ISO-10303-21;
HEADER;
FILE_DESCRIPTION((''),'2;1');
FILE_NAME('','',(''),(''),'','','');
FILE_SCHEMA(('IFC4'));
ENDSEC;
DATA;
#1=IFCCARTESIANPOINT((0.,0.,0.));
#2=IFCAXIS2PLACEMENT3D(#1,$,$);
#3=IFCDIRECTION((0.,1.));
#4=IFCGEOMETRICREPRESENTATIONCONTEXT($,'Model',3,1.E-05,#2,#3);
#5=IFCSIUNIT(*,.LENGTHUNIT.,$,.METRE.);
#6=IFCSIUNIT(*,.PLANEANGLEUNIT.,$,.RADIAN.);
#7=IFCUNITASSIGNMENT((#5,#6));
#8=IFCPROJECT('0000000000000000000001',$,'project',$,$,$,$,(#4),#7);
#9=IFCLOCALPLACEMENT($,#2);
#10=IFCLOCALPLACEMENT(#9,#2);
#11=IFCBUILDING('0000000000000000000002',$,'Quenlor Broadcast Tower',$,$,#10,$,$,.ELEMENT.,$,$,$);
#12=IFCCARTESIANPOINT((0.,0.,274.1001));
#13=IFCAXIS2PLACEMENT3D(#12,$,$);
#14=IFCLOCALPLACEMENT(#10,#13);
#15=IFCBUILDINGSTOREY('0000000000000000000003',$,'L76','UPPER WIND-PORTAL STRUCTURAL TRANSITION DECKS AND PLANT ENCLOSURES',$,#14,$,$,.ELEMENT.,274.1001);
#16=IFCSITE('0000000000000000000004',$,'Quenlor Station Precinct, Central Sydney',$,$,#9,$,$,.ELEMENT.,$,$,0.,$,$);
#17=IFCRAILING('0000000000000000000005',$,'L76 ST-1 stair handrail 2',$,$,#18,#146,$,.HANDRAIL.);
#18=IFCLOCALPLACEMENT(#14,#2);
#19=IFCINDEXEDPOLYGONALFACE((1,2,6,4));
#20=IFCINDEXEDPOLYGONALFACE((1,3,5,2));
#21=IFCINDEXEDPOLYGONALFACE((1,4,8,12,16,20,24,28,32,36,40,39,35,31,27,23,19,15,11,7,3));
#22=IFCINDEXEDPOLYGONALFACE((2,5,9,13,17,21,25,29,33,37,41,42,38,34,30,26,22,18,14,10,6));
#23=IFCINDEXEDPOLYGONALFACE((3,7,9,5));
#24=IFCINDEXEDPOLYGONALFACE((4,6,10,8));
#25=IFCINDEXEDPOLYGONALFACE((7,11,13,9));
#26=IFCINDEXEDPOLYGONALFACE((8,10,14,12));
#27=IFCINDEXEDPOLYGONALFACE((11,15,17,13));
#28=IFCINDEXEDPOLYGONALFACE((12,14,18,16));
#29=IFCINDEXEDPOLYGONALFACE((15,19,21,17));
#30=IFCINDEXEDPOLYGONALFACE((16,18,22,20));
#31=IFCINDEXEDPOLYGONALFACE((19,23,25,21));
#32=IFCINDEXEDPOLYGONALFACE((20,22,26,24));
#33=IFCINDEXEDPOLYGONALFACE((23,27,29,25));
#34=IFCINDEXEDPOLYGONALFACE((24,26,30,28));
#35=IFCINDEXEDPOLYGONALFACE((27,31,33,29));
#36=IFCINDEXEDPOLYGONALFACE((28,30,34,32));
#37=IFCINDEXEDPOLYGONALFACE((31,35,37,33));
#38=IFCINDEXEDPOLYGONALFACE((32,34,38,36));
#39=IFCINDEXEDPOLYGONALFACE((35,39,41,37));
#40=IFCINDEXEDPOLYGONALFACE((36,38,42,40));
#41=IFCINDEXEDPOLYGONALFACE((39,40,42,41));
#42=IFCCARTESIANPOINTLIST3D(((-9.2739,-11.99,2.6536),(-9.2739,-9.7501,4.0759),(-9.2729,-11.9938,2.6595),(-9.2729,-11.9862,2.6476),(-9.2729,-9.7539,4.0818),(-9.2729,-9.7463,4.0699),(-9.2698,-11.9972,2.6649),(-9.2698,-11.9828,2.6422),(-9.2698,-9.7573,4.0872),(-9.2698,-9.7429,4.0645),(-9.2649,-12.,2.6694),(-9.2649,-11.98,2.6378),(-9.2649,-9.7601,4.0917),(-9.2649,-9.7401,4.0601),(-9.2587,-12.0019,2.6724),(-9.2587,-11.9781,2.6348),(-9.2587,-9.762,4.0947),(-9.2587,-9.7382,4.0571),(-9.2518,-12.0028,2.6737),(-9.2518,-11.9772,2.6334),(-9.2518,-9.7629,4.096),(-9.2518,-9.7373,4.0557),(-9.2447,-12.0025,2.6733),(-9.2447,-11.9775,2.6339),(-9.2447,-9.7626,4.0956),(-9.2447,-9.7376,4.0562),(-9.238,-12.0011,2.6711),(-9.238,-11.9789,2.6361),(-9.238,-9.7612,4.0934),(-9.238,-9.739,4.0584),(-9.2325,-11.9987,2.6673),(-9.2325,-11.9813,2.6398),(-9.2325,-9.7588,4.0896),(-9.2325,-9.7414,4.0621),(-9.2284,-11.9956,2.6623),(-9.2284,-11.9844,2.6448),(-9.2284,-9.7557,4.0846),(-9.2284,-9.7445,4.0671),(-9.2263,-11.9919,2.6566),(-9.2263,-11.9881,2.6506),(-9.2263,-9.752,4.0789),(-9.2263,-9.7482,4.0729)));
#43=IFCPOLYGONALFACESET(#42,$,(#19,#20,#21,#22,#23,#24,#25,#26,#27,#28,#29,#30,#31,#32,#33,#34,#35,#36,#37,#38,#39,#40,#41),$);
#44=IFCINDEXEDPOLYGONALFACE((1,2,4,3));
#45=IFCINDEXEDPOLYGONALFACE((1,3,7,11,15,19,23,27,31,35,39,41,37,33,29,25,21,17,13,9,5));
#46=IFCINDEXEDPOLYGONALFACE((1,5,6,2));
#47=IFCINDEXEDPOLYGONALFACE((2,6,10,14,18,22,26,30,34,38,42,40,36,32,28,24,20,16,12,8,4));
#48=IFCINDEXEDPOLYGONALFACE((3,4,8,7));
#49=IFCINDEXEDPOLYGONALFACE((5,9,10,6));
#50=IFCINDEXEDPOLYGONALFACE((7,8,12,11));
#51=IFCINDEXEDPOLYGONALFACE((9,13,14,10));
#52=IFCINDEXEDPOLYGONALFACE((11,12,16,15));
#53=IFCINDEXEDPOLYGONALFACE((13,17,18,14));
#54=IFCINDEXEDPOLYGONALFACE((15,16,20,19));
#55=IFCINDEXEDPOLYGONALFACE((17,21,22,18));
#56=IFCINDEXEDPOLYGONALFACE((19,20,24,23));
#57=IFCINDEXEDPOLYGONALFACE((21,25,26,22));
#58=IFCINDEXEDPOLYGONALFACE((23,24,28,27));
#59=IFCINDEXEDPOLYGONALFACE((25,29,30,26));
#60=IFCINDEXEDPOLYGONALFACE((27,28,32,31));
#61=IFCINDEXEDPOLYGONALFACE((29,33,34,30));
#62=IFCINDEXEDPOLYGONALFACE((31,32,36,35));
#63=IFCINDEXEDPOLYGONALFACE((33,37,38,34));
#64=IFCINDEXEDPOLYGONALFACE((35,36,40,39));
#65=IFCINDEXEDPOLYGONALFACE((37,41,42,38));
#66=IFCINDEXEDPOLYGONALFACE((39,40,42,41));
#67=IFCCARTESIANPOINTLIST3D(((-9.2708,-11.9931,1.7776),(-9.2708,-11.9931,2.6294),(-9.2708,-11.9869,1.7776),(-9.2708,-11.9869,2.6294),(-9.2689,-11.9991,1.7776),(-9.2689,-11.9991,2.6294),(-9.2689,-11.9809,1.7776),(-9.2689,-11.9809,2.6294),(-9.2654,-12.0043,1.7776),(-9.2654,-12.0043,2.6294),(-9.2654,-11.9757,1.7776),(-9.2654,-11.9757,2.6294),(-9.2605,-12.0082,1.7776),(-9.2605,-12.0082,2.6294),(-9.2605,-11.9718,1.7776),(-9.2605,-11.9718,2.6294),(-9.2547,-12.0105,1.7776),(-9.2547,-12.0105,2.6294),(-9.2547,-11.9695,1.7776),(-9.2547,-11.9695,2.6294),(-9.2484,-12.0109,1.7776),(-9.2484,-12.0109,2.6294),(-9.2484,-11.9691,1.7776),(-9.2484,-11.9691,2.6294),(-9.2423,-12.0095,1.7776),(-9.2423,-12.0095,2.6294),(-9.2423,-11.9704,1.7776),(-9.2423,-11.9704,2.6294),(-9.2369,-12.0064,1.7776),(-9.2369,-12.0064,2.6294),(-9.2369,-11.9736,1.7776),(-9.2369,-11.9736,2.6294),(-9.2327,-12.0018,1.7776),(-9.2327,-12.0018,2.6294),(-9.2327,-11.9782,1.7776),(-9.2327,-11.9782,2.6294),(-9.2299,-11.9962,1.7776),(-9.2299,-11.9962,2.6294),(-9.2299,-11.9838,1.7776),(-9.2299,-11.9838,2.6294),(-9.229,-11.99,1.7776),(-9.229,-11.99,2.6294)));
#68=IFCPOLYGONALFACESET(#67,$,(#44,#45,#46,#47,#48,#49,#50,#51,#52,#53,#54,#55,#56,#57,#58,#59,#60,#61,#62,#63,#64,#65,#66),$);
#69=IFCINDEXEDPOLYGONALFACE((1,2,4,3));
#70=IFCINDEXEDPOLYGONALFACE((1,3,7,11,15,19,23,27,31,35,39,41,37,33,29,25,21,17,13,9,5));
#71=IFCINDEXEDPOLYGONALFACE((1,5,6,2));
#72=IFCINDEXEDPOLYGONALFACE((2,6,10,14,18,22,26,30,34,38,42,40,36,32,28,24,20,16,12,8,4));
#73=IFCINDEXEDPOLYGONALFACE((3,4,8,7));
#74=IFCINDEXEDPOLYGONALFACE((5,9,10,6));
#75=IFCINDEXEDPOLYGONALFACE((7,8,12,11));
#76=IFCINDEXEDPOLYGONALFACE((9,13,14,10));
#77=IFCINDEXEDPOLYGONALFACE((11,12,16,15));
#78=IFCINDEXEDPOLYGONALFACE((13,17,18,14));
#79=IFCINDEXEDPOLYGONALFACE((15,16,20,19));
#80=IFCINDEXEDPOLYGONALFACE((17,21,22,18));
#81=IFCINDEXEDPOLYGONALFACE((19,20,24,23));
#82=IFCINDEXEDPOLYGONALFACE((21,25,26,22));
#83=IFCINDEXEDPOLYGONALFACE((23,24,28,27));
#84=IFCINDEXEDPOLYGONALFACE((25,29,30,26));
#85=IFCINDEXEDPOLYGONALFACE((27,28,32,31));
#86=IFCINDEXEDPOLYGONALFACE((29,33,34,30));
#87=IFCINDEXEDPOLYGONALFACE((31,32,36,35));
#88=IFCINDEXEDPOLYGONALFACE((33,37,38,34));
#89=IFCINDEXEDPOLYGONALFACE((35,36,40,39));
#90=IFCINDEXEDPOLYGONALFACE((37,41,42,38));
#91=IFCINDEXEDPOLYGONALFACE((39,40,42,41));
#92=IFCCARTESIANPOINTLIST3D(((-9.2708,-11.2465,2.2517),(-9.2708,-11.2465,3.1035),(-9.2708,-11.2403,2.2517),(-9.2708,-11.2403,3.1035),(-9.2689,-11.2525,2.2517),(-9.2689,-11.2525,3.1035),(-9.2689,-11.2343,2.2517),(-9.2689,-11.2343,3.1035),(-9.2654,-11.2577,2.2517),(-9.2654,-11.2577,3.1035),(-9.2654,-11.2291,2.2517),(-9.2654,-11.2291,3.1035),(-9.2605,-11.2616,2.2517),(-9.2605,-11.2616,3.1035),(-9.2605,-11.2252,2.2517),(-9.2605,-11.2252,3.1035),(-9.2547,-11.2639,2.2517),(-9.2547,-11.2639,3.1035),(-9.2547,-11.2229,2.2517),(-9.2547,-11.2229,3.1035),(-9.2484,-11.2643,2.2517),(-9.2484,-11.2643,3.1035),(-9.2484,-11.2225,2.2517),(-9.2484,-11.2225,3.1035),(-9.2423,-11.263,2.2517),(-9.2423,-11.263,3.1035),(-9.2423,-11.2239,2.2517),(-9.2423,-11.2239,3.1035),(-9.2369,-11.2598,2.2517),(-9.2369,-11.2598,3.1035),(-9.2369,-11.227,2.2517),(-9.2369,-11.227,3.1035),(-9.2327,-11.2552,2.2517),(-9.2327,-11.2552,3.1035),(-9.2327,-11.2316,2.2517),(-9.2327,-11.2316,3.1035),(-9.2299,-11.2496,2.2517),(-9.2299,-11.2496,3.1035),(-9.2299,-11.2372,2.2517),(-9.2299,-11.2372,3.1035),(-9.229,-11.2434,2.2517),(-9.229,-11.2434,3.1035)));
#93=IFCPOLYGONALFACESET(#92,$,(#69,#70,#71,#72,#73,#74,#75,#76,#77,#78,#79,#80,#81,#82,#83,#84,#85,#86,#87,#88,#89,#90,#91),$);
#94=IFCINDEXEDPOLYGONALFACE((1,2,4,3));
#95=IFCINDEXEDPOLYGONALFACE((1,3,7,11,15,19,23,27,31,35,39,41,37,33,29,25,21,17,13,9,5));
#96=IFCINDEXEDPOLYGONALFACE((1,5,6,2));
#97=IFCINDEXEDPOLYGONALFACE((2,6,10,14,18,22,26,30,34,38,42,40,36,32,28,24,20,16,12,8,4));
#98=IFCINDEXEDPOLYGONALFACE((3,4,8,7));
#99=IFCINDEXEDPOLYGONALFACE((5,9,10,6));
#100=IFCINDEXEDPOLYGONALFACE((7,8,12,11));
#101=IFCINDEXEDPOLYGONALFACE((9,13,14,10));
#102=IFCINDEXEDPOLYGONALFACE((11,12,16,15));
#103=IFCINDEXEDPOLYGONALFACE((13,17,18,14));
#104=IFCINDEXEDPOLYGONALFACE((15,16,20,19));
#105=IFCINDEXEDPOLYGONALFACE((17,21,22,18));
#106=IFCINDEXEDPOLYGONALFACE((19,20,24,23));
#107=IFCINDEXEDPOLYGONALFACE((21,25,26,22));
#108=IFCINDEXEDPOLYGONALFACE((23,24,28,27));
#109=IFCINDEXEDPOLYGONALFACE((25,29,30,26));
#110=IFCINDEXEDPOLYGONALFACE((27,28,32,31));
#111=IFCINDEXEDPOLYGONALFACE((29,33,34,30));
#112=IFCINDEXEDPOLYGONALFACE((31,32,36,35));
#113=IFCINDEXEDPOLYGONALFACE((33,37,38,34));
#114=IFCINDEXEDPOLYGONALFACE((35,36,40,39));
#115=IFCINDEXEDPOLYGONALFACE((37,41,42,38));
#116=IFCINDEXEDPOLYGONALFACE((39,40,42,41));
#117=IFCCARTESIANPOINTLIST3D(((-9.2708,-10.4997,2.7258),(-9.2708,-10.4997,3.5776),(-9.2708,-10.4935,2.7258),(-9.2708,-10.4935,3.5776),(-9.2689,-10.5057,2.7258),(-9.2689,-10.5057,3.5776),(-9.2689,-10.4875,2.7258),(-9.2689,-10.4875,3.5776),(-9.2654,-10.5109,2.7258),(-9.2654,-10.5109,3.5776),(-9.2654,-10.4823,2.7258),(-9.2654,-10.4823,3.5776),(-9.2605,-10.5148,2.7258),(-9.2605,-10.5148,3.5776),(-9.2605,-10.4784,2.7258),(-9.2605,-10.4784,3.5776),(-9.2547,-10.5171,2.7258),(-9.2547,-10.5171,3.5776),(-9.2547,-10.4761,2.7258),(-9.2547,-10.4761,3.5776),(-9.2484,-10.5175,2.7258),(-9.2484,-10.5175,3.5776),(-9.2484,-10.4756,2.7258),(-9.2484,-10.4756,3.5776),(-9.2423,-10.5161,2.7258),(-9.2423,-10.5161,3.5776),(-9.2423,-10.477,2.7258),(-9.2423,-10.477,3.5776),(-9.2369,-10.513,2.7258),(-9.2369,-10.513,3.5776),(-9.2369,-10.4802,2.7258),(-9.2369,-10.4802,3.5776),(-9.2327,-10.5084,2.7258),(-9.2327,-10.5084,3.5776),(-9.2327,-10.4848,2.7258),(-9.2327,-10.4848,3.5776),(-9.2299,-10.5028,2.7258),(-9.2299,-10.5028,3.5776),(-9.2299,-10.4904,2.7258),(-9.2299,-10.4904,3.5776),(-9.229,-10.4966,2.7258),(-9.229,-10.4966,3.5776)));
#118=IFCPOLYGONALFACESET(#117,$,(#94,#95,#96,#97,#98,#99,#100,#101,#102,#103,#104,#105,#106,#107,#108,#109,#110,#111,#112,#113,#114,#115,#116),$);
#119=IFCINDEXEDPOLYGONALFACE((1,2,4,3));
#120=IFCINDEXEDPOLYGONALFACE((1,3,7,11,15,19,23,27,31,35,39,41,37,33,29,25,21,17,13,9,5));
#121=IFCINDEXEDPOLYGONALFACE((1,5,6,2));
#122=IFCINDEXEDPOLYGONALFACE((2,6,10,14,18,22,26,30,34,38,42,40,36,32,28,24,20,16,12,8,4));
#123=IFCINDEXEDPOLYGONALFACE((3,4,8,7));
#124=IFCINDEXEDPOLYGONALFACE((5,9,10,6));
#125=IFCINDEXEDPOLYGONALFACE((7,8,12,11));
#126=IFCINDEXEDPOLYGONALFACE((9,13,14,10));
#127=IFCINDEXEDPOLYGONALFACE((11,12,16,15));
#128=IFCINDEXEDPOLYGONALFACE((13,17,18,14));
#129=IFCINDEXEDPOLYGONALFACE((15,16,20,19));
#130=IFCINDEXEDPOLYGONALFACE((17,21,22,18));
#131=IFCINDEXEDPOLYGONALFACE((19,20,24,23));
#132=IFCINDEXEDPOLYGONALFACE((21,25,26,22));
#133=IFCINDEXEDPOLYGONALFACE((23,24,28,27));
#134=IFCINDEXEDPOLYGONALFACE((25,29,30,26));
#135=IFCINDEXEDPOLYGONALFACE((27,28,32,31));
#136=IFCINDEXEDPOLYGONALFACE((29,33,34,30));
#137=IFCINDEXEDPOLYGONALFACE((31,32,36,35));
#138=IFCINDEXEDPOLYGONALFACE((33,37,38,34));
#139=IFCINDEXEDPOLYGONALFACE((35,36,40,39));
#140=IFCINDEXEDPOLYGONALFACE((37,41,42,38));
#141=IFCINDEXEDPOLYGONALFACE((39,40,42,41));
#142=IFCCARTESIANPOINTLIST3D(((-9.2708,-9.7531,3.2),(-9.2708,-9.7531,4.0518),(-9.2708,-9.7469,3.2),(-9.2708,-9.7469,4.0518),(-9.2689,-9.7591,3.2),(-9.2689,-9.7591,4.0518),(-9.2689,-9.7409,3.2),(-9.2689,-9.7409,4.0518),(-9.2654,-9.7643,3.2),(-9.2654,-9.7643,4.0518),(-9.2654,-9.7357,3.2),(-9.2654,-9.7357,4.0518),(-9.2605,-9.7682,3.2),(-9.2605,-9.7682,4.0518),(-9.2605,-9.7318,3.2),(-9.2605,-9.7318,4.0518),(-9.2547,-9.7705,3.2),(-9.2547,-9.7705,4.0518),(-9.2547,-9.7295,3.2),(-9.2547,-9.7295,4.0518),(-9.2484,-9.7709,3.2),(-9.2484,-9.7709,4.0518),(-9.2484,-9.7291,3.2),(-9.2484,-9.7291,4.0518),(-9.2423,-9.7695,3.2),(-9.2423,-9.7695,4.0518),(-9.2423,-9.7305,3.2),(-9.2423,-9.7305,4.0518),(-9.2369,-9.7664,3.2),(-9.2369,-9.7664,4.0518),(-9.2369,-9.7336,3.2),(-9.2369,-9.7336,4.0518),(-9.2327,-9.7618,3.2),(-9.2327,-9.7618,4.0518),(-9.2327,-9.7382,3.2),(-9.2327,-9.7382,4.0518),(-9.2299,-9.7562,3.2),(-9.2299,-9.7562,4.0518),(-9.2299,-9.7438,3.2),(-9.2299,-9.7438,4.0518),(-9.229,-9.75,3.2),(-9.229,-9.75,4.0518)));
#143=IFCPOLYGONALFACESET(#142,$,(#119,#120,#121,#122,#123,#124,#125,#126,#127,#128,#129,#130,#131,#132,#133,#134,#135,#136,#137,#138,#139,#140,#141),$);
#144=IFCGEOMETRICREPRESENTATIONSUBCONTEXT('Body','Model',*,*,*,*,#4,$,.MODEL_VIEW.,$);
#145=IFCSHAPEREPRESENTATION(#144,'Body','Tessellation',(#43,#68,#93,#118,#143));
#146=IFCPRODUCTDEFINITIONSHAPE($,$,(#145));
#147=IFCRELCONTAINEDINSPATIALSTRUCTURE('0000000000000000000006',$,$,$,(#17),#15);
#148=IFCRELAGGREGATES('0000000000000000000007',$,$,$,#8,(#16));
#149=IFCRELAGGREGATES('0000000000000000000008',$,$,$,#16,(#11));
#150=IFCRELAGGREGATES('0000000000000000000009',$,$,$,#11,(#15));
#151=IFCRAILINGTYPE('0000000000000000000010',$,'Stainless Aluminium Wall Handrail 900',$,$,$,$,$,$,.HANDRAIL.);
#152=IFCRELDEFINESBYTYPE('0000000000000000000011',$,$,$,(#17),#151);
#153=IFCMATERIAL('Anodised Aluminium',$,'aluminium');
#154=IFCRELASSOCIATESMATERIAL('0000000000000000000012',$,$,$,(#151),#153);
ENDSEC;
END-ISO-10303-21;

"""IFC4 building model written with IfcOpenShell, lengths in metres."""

from ifc_helpers import new_model, si_unit, direction, frame, origin, origin_2d, place, context, subcontext, project, spatial, circle, extrude, material, type_object, element, save


model = new_model("IFC4")

# Units and contexts
model_context = context("Model", 3, precision=1e-05, world=origin(), true_north=direction((0.0, 1.0)))
body_context = subcontext(model_context, "Body", "Model", "MODEL_VIEW")
ifc_project = project(units=[si_unit("LENGTHUNIT", "METRE"), si_unit("PLANEANGLEUNIT", "RADIAN")], contexts=[model_context])

# Site, building, storey
site_placement = place(None, origin())
site = spatial("IfcSite", under=ifc_project, at=site_placement, Name="Quenlor Station Precinct, Central Sydney", CompositionType="ELEMENT", RefElevation=0.0)
building_placement = place(site_placement, origin())
building = spatial("IfcBuilding", under=site, at=building_placement, Name="Quenlor Broadcast Tower", CompositionType="ELEMENT")
storey_placement = place(building_placement, frame((0.0, 0.0, 274.1001)))
storey = spatial("IfcBuildingStorey", under=building, at=storey_placement, Name="L76", Description="UPPER WIND-PORTAL STRUCTURAL TRANSITION DECKS AND PLANT ENCLOSURES", CompositionType="ELEMENT", Elevation=274.1001)

# Railing
ifc_material_1 = material(Name="Anodised Aluminium", Category="aluminium")
railing_type_1 = type_object("IfcRailingType", Name="Stainless Aluminium Wall Handrail 900", PredefinedType="HANDRAIL", material=ifc_material_1)
railing_1_placement = place(storey_placement, frame((-9.25, -11.99, 1.7776)))
element("IfcRailing", 1, at=railing_1_placement, inside=storey, type_object=railing_type_1, Name="L76 ST-1 stair handrail 2", PredefinedType="HANDRAIL", context=body_context, shape_type="SweptSolid", body=[
    extrude(circle(Radius=0.0239, at=origin_2d()), frame((0.0, 0.0, 0.876), z_axis=(0.0, 0.844188, 0.536048), x_axis=(-1.0, 0.0, 0.0)), (0.0, 0.0, 1.0), 2.6533),
    extrude(circle(Radius=0.021, at=origin_2d()), origin(), (0.0, 0.0, 1.0), 0.8518),
    extrude(circle(Radius=0.021, at=origin_2d()), frame((0.0, 0.7466, 0.4741)), (0.0, 0.0, 1.0), 0.8518),
    extrude(circle(Radius=0.021, at=origin_2d()), frame((0.0, 1.4934, 0.9482)), (0.0, 0.0, 1.0), 0.8518),
    extrude(circle(Radius=0.021, at=origin_2d()), frame((0.0, 2.24, 1.4224)), (0.0, 0.0, 1.0), 0.8518),
])

save(model, "model.ifc")
